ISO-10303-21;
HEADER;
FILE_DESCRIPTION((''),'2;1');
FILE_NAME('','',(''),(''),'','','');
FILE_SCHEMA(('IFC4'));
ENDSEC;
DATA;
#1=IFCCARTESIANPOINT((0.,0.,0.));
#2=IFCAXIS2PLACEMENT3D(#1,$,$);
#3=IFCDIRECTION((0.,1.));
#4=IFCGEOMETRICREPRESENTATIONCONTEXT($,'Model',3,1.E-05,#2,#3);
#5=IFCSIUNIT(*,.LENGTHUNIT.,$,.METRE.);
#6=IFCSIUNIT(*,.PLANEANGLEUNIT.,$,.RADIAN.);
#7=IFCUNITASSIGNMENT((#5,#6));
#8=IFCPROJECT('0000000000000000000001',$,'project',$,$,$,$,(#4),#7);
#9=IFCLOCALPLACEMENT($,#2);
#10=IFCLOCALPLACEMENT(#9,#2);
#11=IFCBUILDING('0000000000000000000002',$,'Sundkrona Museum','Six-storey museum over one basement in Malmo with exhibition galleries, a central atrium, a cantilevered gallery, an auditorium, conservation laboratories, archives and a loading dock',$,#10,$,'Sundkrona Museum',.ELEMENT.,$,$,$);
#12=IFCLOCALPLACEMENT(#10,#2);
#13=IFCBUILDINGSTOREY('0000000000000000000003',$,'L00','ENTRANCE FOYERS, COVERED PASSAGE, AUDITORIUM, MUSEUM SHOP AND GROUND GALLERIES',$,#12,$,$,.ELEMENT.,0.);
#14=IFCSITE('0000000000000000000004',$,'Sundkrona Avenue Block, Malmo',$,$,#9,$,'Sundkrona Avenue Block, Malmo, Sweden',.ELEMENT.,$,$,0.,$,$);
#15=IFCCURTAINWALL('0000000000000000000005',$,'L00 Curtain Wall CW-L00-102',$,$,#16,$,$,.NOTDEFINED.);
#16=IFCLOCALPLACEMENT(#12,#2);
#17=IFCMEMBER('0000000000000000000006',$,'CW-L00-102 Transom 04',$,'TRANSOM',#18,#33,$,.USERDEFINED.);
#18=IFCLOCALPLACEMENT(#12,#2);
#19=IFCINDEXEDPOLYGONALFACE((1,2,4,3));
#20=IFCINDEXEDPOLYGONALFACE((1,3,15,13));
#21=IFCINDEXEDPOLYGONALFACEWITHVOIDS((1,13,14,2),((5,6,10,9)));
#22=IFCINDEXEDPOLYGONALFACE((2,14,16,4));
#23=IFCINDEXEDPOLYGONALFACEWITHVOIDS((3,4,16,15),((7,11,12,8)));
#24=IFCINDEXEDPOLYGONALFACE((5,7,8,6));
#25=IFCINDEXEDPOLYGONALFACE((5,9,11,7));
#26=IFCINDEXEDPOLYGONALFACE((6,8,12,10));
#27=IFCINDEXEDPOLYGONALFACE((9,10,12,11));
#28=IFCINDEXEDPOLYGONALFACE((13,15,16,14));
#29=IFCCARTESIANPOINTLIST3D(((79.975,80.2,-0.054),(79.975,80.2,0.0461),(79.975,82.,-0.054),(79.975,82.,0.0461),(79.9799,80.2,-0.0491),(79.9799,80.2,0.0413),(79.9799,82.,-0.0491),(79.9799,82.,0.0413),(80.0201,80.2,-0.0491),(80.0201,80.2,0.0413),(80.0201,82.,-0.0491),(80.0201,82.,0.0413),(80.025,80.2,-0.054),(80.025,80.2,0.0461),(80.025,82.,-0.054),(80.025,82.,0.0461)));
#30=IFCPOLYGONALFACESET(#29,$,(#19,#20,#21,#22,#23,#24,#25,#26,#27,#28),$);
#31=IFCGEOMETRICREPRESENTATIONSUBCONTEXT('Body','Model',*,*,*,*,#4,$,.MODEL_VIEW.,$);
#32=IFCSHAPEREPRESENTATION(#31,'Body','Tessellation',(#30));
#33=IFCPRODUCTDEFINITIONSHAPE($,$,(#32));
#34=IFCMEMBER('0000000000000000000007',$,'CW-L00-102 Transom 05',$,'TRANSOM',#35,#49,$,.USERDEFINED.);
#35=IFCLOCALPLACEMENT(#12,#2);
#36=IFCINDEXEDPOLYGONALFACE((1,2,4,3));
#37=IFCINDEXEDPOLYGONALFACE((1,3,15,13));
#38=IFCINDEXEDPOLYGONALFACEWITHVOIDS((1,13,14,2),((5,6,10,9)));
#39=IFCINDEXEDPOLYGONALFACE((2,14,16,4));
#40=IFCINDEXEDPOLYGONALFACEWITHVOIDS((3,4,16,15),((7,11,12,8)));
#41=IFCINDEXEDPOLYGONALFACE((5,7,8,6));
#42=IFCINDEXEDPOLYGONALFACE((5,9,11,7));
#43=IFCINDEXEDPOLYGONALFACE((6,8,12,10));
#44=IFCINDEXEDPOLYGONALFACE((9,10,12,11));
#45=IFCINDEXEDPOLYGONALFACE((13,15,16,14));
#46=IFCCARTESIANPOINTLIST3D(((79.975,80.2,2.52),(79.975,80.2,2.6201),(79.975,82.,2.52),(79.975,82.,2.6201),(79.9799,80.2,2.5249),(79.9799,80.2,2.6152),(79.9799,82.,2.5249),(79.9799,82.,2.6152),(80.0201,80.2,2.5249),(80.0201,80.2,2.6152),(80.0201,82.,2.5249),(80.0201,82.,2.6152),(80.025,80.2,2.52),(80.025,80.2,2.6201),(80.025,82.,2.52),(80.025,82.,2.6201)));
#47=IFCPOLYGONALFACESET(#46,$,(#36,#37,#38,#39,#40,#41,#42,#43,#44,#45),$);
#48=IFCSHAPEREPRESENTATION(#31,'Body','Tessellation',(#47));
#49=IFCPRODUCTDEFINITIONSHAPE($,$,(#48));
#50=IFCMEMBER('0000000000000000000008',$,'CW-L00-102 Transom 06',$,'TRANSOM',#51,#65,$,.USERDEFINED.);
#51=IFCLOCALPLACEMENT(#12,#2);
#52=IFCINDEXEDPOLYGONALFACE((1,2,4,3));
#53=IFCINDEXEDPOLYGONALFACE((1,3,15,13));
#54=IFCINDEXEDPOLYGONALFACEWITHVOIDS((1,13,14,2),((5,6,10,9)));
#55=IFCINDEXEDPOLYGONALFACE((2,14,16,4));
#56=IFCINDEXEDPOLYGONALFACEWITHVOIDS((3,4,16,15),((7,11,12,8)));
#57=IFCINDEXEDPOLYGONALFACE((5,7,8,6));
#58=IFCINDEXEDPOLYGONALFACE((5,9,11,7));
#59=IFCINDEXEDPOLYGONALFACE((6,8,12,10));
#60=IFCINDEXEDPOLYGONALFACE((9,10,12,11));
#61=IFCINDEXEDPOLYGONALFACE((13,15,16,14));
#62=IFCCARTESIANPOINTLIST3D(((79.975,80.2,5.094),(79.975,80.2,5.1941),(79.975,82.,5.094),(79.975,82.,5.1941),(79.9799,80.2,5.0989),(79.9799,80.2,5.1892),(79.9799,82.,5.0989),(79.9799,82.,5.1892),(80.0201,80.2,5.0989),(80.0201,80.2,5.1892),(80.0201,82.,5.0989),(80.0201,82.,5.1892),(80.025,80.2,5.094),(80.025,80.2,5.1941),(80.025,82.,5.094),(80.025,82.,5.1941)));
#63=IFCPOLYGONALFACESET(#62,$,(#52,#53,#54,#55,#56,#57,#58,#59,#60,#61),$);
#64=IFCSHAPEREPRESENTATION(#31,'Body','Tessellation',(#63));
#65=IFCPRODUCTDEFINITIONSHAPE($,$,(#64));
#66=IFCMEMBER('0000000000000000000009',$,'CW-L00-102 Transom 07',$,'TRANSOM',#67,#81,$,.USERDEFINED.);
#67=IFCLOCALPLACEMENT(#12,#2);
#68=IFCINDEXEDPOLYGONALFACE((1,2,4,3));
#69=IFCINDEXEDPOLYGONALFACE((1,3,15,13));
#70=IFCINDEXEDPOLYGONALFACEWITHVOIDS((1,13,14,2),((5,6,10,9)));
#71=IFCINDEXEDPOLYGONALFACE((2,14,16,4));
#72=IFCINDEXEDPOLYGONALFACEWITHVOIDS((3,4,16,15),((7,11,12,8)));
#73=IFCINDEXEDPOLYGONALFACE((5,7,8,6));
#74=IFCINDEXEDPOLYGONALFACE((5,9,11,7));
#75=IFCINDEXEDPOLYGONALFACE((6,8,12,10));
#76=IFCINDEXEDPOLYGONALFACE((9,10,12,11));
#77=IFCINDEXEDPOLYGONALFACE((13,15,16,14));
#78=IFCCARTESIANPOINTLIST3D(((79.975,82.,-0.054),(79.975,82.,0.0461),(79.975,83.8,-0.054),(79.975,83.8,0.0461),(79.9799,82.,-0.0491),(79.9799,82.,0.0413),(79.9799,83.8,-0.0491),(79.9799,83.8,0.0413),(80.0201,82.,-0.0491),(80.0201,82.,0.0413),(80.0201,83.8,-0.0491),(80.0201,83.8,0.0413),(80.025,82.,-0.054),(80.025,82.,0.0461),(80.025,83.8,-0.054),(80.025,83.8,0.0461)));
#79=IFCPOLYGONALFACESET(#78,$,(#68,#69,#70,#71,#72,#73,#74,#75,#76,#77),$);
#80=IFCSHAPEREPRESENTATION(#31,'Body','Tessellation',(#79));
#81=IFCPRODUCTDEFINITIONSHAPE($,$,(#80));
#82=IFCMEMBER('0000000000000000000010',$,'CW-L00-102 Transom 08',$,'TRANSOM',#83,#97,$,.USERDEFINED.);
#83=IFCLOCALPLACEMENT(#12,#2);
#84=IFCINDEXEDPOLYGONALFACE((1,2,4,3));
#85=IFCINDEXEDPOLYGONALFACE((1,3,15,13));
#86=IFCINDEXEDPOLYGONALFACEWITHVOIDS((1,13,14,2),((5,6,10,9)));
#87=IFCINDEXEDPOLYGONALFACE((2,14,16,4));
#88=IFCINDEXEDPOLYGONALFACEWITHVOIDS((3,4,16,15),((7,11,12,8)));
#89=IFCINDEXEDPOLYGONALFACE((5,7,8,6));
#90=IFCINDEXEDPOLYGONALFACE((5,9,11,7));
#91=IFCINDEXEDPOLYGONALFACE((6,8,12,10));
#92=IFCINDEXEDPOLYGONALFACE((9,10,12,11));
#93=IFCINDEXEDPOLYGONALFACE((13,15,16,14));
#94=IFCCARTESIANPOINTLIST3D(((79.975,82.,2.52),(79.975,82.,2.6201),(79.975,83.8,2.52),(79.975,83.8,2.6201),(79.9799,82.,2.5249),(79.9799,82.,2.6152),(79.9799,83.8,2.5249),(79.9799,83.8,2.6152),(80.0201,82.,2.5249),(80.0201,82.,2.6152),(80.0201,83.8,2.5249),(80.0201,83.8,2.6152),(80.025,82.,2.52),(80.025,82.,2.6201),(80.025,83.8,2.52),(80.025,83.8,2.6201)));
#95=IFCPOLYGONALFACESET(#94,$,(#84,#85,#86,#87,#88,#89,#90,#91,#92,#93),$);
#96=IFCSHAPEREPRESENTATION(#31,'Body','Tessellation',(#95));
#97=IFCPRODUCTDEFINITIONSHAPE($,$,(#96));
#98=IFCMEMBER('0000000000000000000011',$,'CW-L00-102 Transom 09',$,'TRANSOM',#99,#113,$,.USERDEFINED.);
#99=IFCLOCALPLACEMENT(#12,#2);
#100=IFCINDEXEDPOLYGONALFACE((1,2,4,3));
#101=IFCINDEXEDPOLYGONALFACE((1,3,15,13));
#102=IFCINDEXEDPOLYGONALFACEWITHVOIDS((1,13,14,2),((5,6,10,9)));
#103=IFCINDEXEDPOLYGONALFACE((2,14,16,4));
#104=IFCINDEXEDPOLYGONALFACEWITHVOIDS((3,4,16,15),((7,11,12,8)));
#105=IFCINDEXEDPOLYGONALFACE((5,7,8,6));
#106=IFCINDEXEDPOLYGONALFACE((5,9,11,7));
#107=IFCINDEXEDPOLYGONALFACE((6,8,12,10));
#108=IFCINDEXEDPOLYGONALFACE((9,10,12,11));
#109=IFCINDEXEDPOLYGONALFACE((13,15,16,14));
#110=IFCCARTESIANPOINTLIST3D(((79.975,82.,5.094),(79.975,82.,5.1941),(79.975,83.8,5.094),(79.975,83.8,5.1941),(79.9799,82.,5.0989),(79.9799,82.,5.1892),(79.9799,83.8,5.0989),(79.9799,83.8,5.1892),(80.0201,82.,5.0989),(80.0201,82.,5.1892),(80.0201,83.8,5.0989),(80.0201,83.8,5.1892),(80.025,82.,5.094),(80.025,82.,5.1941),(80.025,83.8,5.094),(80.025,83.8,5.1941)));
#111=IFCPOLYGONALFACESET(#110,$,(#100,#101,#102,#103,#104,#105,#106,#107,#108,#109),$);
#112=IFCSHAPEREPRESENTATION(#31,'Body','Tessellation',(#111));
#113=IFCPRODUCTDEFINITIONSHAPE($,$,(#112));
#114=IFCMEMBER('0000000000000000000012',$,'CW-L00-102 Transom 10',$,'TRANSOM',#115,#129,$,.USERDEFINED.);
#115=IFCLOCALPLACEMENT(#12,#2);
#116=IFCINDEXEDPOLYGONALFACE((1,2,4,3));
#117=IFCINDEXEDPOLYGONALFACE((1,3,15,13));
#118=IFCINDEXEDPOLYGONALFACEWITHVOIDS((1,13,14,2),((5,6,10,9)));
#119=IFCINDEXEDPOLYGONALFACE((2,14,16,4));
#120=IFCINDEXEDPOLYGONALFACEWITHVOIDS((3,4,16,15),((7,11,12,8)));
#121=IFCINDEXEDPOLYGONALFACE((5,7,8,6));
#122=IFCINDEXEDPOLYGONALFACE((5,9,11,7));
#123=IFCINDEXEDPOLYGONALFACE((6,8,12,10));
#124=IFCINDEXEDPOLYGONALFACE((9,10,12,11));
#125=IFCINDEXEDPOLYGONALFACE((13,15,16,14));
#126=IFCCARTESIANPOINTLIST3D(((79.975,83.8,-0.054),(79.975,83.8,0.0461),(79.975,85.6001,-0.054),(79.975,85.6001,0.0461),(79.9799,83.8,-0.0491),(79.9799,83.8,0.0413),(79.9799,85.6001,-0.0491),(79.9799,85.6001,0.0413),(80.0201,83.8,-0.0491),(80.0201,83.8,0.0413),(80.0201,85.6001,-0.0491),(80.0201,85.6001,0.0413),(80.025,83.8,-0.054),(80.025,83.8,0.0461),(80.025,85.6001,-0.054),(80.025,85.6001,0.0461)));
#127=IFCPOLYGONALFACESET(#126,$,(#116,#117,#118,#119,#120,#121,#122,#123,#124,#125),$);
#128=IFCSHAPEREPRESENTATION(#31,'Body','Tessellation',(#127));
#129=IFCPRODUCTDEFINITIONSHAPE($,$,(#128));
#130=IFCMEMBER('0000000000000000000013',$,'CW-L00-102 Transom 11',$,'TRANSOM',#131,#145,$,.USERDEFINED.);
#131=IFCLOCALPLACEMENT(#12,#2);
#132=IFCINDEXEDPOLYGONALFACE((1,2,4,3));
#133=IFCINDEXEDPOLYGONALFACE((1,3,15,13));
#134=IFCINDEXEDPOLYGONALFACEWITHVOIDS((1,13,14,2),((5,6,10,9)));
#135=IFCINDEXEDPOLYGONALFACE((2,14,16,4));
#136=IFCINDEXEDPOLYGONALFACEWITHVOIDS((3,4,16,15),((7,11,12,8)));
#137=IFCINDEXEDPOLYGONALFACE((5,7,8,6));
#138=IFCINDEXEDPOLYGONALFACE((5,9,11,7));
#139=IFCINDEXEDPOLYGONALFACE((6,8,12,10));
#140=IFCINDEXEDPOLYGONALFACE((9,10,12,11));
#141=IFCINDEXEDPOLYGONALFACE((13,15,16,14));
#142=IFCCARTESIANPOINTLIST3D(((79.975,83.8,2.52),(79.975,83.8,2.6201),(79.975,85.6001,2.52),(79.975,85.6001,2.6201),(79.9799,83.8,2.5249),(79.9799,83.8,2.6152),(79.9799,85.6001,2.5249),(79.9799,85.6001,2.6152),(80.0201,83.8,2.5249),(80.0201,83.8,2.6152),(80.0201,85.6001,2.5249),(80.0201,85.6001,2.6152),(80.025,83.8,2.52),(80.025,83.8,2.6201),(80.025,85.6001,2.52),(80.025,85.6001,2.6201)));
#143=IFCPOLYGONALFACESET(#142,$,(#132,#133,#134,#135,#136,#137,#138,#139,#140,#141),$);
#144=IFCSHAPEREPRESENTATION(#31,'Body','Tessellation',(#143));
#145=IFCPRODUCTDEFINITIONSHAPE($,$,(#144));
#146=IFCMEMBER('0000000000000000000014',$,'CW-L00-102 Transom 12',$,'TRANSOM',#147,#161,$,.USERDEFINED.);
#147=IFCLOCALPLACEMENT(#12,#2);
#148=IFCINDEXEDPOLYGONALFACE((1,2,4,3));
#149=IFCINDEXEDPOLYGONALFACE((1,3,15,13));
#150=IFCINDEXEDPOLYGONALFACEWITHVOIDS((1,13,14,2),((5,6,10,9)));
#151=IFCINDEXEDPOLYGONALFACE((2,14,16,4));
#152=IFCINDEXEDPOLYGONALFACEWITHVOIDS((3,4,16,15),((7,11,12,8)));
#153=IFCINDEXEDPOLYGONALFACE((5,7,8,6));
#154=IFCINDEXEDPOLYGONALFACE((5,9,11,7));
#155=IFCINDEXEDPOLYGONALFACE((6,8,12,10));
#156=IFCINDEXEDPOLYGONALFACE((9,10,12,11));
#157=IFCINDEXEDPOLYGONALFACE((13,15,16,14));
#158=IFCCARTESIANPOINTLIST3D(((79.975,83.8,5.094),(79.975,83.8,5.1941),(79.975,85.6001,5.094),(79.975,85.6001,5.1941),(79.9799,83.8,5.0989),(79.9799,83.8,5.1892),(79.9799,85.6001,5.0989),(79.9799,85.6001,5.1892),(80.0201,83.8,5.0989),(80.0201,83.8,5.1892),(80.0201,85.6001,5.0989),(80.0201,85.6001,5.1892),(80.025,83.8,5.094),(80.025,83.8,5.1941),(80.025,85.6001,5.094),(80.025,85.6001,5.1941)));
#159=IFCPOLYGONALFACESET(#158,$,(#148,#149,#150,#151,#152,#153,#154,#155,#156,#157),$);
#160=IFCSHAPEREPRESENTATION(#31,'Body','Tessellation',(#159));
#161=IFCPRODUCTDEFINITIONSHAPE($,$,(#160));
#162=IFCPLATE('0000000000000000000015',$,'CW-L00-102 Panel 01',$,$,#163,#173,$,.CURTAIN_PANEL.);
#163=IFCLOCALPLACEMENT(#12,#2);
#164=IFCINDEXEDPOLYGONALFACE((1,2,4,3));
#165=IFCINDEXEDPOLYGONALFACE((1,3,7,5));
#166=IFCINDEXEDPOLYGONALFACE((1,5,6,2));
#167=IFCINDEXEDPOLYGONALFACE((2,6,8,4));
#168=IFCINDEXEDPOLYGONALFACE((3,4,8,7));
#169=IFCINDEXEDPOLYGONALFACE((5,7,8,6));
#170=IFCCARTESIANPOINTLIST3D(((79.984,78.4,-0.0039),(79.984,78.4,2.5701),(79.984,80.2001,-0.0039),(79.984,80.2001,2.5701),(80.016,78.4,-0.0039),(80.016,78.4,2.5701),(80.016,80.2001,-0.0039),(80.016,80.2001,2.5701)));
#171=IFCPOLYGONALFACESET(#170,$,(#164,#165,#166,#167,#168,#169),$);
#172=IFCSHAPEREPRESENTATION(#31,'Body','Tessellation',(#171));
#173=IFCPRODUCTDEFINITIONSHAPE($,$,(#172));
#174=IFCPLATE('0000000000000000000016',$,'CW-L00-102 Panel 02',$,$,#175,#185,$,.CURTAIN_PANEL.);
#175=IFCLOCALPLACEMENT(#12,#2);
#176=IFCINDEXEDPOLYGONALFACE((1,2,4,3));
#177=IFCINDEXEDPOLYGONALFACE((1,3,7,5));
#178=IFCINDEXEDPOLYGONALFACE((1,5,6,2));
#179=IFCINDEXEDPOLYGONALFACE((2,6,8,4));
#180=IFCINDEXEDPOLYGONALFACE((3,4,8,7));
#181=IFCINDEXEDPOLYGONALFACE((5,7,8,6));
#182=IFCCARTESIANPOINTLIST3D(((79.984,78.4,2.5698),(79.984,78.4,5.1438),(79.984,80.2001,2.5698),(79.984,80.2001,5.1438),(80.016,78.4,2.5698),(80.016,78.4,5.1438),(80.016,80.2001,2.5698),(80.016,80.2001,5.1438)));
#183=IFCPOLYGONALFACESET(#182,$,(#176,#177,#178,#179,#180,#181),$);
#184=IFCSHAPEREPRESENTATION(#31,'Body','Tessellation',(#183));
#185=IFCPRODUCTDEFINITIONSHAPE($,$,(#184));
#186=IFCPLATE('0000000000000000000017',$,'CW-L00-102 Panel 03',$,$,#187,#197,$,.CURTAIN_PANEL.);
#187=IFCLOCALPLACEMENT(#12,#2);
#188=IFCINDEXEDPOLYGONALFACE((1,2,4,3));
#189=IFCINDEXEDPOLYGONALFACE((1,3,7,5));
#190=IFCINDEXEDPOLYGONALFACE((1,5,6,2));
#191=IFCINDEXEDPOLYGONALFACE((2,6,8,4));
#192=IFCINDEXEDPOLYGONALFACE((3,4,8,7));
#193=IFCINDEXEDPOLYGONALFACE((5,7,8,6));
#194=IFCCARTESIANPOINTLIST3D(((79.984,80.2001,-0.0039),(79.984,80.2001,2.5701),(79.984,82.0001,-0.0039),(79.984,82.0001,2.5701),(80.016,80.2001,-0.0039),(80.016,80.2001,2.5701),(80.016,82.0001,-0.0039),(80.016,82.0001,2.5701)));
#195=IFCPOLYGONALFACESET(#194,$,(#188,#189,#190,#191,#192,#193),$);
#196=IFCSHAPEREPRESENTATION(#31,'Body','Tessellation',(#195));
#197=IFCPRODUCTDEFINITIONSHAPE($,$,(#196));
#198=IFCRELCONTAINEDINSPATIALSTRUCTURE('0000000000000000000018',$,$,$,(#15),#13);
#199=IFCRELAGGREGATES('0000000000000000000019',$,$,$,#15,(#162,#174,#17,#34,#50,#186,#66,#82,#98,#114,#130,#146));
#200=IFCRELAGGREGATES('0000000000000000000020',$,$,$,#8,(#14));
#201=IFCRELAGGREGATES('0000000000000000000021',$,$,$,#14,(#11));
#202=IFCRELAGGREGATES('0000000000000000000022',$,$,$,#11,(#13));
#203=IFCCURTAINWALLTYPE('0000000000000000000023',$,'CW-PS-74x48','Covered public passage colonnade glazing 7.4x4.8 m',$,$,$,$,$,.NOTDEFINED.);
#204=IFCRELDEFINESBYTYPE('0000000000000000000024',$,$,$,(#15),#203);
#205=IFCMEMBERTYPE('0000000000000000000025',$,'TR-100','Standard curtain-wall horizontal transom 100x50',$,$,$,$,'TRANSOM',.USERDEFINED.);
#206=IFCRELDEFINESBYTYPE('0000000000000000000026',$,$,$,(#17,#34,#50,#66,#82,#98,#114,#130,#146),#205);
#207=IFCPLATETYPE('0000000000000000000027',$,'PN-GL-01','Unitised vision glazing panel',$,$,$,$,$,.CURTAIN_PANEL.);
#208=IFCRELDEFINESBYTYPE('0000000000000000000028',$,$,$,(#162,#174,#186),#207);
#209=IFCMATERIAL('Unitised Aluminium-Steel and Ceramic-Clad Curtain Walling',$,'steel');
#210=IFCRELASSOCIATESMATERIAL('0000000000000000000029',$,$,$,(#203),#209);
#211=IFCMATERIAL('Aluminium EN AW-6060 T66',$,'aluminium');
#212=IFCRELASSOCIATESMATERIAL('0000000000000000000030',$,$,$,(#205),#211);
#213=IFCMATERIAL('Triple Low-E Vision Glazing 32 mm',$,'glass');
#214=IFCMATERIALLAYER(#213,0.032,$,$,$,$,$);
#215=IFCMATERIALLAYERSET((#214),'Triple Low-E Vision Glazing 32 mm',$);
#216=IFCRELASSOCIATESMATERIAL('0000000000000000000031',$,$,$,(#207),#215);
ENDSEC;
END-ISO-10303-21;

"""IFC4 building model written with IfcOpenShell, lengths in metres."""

from ifc_helpers import new_model, si_unit, direction, frame, origin, origin_2d, place, context, subcontext, project, spatial, rectangle, hollow_rectangle, extrude, material, layer, layer_set, material_profile, profile_set, type_object, element, aggregate, save


model = new_model("IFC4")

# Units and contexts
model_context = context("Model", 3, precision=1e-05, world=origin(), true_north=direction((0.0, 1.0)))
body_context = subcontext(model_context, "Body", "Model", "MODEL_VIEW")
ifc_project = project(units=[si_unit("LENGTHUNIT", "METRE"), si_unit("PLANEANGLEUNIT", "RADIAN")], contexts=[model_context])

# Site, building, storey
site_placement = place(None, origin())
site = spatial("IfcSite", under=ifc_project, at=site_placement, Name="Sundkrona Avenue Block, Malmo", LongName="Sundkrona Avenue Block, Malmo, Sweden", CompositionType="ELEMENT", RefElevation=0.0)
building_placement = place(site_placement, origin())
building = spatial("IfcBuilding", under=site, at=building_placement, Name="Sundkrona Museum", Description="Six-storey museum over one basement in Malmo with exhibition galleries, a central atrium, a cantilevered gallery, an auditorium, conservation laboratories, archives and a loading dock", LongName="Sundkrona Museum", CompositionType="ELEMENT")
storey_placement = place(building_placement, origin())
storey = spatial("IfcBuildingStorey", under=building, at=storey_placement, Name="L00", Description="ENTRANCE FOYERS, COVERED PASSAGE, AUDITORIUM, MUSEUM SHOP AND GROUND GALLERIES", CompositionType="ELEMENT", Elevation=0.0)

# Curtain wall
ifc_material_1 = material(Name="Unitised Aluminium-Steel and Ceramic-Clad Curtain Walling", Category="steel")
curtain_wall_type = type_object("IfcCurtainWallType", Name="CW-PS-74x48", Description="Covered public passage colonnade glazing 7.4x4.8 m", PredefinedType="NOTDEFINED", material=ifc_material_1)
curtain_wall_placement = place(storey_placement, origin())
curtain_wall = element("IfcCurtainWall", 1, at=curtain_wall_placement, inside=storey, type_object=curtain_wall_type, Name="L00 Curtain Wall CW-L00-102", PredefinedType="NOTDEFINED")
ifc_material_2 = material(Name="Aluminium EN AW-6060 T66", Category="aluminium")

# Members
ifc_material_profile_1 = material_profile(ifc_material_2, hollow_rectangle(XDim=0.05, YDim=0.1001, WallThickness=0.0049, at=origin_2d()), Name="RHS 100x50x5.0")
ifc_profile_set_1 = profile_set([ifc_material_profile_1], Name="Aluminium EN AW-6060 T66")
member_type_1 = type_object("IfcMemberType", Name="TR-100", Description="Standard curtain-wall horizontal transom 100x50", ElementType="TRANSOM", PredefinedType="USERDEFINED", material=ifc_profile_set_1)
member_1_placement = place(storey_placement, frame((80.0, 80.2, -0.0039), z_axis=(0.0, 1.0, 0.0), x_axis=(-1.0, 0.0, 0.0)))
member_1 = element("IfcMember", 2, at=member_1_placement, type_object=member_type_1, Name="CW-L00-102 Transom 04", ObjectType="TRANSOM", PredefinedType="USERDEFINED", context=body_context, shape_type="SweptSolid", body=[
    extrude(hollow_rectangle(XDim=0.05, YDim=0.1001, WallThickness=0.0049, at=origin_2d()), origin(), (0.0, 0.0, 1.0), 1.8),
])
member_2_placement = place(storey_placement, frame((80.0, 80.2, 2.5701), z_axis=(0.0, 1.0, 0.0), x_axis=(-1.0, 0.0, 0.0)))
member_2 = element("IfcMember", 3, at=member_2_placement, type_object=member_type_1, Name="CW-L00-102 Transom 05", ObjectType="TRANSOM", PredefinedType="USERDEFINED", context=body_context, shape_type="SweptSolid", body=[
    extrude(hollow_rectangle(XDim=0.05, YDim=0.1001, WallThickness=0.0049, at=origin_2d()), origin(), (0.0, 0.0, 1.0), 1.8),
])
member_3_placement = place(storey_placement, frame((80.0, 80.2, 5.144), z_axis=(0.0, 1.0, 0.0), x_axis=(-1.0, 0.0, 0.0)))
member_3 = element("IfcMember", 4, at=member_3_placement, type_object=member_type_1, Name="CW-L00-102 Transom 06", ObjectType="TRANSOM", PredefinedType="USERDEFINED", context=body_context, shape_type="SweptSolid", body=[
    extrude(hollow_rectangle(XDim=0.05, YDim=0.1001, WallThickness=0.0049, at=origin_2d()), origin(), (0.0, 0.0, 1.0), 1.8),
])
member_4_placement = place(storey_placement, frame((80.0, 82.0, -0.0039), z_axis=(0.0, 1.0, 0.0), x_axis=(-1.0, 0.0, 0.0)))
member_4 = element("IfcMember", 5, at=member_4_placement, type_object=member_type_1, Name="CW-L00-102 Transom 07", ObjectType="TRANSOM", PredefinedType="USERDEFINED", context=body_context, shape_type="SweptSolid", body=[
    extrude(hollow_rectangle(XDim=0.05, YDim=0.1001, WallThickness=0.0049, at=origin_2d()), origin(), (0.0, 0.0, 1.0), 1.8),
])
member_5_placement = place(storey_placement, frame((80.0, 82.0, 2.5701), z_axis=(0.0, 1.0, 0.0), x_axis=(-1.0, 0.0, 0.0)))
member_5 = element("IfcMember", 6, at=member_5_placement, type_object=member_type_1, Name="CW-L00-102 Transom 08", ObjectType="TRANSOM", PredefinedType="USERDEFINED", context=body_context, shape_type="SweptSolid", body=[
    extrude(hollow_rectangle(XDim=0.05, YDim=0.1001, WallThickness=0.0049, at=origin_2d()), origin(), (0.0, 0.0, 1.0), 1.8),
])
member_6_placement = place(storey_placement, frame((80.0, 82.0, 5.144), z_axis=(0.0, 1.0, 0.0), x_axis=(-1.0, 0.0, 0.0)))
member_6 = element("IfcMember", 7, at=member_6_placement, type_object=member_type_1, Name="CW-L00-102 Transom 09", ObjectType="TRANSOM", PredefinedType="USERDEFINED", context=body_context, shape_type="SweptSolid", body=[
    extrude(hollow_rectangle(XDim=0.05, YDim=0.1001, WallThickness=0.0049, at=origin_2d()), origin(), (0.0, 0.0, 1.0), 1.8),
])
member_7_placement = place(storey_placement, frame((80.0, 83.8, -0.0039), z_axis=(0.0, 1.0, 0.0), x_axis=(-1.0, 0.0, 0.0)))
member_7 = element("IfcMember", 8, at=member_7_placement, type_object=member_type_1, Name="CW-L00-102 Transom 10", ObjectType="TRANSOM", PredefinedType="USERDEFINED", context=body_context, shape_type="SweptSolid", body=[
    extrude(hollow_rectangle(XDim=0.05, YDim=0.1001, WallThickness=0.0049, at=origin_2d()), origin(), (0.0, 0.0, 1.0), 1.8),
])
member_8_placement = place(storey_placement, frame((80.0, 83.8, 2.5701), z_axis=(0.0, 1.0, 0.0), x_axis=(-1.0, 0.0, 0.0)))
member_8 = element("IfcMember", 9, at=member_8_placement, type_object=member_type_1, Name="CW-L00-102 Transom 11", ObjectType="TRANSOM", PredefinedType="USERDEFINED", context=body_context, shape_type="SweptSolid", body=[
    extrude(hollow_rectangle(XDim=0.05, YDim=0.1001, WallThickness=0.0049, at=origin_2d()), origin(), (0.0, 0.0, 1.0), 1.8),
])
member_9_placement = place(storey_placement, frame((80.0, 83.8, 5.144), z_axis=(0.0, 1.0, 0.0), x_axis=(-1.0, 0.0, 0.0)))
member_9 = element("IfcMember", 10, at=member_9_placement, type_object=member_type_1, Name="CW-L00-102 Transom 12", ObjectType="TRANSOM", PredefinedType="USERDEFINED", context=body_context, shape_type="SweptSolid", body=[
    extrude(hollow_rectangle(XDim=0.05, YDim=0.1001, WallThickness=0.0049, at=origin_2d()), origin(), (0.0, 0.0, 1.0), 1.8),
])

# Plates
ifc_material_3 = material(Name="Triple Low-E Vision Glazing 32 mm", Category="glass")
ifc_layer_1 = layer(ifc_material_3, 0.032)
ifc_layer_set_1 = layer_set([ifc_layer_1], Name="Triple Low-E Vision Glazing 32 mm")
plate_type = type_object("IfcPlateType", Name="PN-GL-01", Description="Unitised vision glazing panel", PredefinedType="CURTAIN_PANEL", material=ifc_layer_set_1)
plate_1_placement = place(storey_placement, frame((80.0, 79.3, -0.0039), z_axis=(0.0, 0.0, 1.0), x_axis=(0.0, 1.0, 0.0)))
plate_1 = element("IfcPlate", 11, at=plate_1_placement, type_object=plate_type, Name="CW-L00-102 Panel 01", PredefinedType="CURTAIN_PANEL", context=body_context, shape_type="SweptSolid", body=[
    extrude(rectangle(XDim=1.8, YDim=0.032, at=origin_2d()), origin(), (0.0, 0.0, 1.0), 2.574),
])
plate_2_placement = place(storey_placement, frame((80.0, 79.3, 2.5698), z_axis=(0.0, 0.0, 1.0), x_axis=(0.0, 1.0, 0.0)))
plate_2 = element("IfcPlate", 12, at=plate_2_placement, type_object=plate_type, Name="CW-L00-102 Panel 02", PredefinedType="CURTAIN_PANEL", context=body_context, shape_type="SweptSolid", body=[
    extrude(rectangle(XDim=1.8, YDim=0.032, at=origin_2d()), origin(), (0.0, 0.0, 1.0), 2.574),
])
plate_3_placement = place(storey_placement, frame((80.0, 81.1001, -0.0039), z_axis=(0.0, 0.0, 1.0), x_axis=(0.0, 1.0, 0.0)))
plate_3 = element("IfcPlate", 13, at=plate_3_placement, type_object=plate_type, Name="CW-L00-102 Panel 03", PredefinedType="CURTAIN_PANEL", context=body_context, shape_type="SweptSolid", body=[
    extrude(rectangle(XDim=1.8, YDim=0.032, at=origin_2d()), origin(), (0.0, 0.0, 1.0), 2.574),
])
aggregate(curtain_wall, [plate_1, plate_2, member_1, member_2, member_3, plate_3, member_4, member_5, member_6, member_7, member_8, member_9])

save(model, "model.ifc")
